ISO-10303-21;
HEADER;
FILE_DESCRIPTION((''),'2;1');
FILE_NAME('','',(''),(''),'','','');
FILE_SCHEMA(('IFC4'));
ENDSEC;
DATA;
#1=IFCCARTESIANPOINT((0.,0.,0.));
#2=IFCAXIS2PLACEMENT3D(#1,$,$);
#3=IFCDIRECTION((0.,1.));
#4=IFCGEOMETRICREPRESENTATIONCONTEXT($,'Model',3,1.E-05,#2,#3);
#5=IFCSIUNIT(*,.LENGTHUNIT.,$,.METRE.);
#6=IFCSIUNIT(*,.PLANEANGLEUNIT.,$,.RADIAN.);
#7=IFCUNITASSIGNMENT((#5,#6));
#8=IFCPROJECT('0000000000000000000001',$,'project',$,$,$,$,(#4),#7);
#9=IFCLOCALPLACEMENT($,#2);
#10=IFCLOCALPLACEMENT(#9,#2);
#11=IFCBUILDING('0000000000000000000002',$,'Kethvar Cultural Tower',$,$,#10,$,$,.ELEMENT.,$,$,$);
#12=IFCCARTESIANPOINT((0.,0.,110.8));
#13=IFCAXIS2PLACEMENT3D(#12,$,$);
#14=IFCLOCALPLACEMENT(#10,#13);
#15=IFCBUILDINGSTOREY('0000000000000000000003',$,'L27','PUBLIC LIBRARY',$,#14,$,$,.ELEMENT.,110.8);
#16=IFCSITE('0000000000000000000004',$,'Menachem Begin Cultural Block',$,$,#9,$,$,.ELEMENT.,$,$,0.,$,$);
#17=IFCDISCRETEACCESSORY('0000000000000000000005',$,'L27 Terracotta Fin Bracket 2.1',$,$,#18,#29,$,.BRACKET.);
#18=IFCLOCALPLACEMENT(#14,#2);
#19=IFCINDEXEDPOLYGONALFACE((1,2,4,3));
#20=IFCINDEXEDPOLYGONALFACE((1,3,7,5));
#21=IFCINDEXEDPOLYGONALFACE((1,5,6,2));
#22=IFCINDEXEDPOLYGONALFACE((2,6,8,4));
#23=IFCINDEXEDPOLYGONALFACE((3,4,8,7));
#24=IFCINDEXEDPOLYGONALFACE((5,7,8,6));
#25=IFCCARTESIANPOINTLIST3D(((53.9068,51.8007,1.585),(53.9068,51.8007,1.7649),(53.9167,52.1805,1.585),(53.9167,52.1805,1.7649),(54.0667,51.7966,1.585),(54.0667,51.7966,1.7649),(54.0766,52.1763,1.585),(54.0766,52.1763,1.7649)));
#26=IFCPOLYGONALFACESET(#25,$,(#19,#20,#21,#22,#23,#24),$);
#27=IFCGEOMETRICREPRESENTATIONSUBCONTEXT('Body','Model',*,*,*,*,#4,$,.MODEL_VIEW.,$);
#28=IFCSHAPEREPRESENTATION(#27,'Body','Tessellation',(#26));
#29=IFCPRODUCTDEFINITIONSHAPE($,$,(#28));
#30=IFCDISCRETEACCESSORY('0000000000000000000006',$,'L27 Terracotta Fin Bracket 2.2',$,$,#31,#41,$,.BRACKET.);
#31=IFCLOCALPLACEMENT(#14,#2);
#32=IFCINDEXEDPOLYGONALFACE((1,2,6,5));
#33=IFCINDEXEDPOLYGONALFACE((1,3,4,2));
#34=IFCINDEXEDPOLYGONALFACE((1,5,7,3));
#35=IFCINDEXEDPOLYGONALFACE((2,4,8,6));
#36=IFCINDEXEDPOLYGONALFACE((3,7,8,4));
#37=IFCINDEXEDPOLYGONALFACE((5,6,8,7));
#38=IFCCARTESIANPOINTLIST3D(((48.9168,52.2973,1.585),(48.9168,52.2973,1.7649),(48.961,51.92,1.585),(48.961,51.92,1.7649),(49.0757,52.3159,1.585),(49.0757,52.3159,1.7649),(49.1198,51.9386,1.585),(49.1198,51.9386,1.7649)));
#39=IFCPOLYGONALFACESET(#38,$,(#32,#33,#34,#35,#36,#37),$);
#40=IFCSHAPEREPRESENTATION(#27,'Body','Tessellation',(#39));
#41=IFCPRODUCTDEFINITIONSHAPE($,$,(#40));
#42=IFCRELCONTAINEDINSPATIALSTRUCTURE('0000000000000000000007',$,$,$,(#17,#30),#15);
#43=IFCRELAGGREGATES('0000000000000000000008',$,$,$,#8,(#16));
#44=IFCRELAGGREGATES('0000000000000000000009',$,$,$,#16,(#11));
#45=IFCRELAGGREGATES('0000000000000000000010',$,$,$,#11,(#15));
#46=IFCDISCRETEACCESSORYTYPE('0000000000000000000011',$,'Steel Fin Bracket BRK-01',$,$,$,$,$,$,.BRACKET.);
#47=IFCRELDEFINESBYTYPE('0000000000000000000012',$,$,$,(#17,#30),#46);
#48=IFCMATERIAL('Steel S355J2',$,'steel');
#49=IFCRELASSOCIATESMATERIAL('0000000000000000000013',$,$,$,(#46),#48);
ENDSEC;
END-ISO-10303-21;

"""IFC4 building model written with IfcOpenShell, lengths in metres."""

from ifc_helpers import new_model, si_unit, direction, frame, origin, origin_2d, place, context, subcontext, project, spatial, rectangle, extrude, source, transform, mapped, material, type_object, element, save


model = new_model("IFC4")

# Units and contexts
model_context = context("Model", 3, precision=1e-05, world=origin(), true_north=direction((0.0, 1.0)))
body_context = subcontext(model_context, "Body", "Model", "MODEL_VIEW")
ifc_project = project(units=[si_unit("LENGTHUNIT", "METRE"), si_unit("PLANEANGLEUNIT", "RADIAN")], contexts=[model_context])

# Site, building, storey
site_placement = place(None, origin())
site = spatial("IfcSite", under=ifc_project, at=site_placement, Name="Menachem Begin Cultural Block", CompositionType="ELEMENT", RefElevation=0.0)
building_placement = place(site_placement, origin())
building = spatial("IfcBuilding", under=site, at=building_placement, Name="Kethvar Cultural Tower", CompositionType="ELEMENT")
storey_placement = place(building_placement, frame((0.0, 0.0, 110.8)))
storey = spatial("IfcBuildingStorey", under=building, at=storey_placement, Name="L27", Description="PUBLIC LIBRARY", CompositionType="ELEMENT", Elevation=110.8)

# Shared definitions
ifc_material_1 = material(Name="Steel S355J2", Category="steel")

# Discrete accessories
discrete_accessory_type = type_object("IfcDiscreteAccessoryType", Name="Steel Fin Bracket BRK-01", PredefinedType="BRACKET", material=ifc_material_1)
shared_shape_1 = source(origin(), body_context, "Body", "SweptSolid", [
    extrude(rectangle(XDim=0.3799, YDim=0.1599, at=origin_2d()), origin(), (0.0, 0.0, 1.0), 0.1799),
])
for number, where, z_axis, x_axis, name in (
    (1, (53.9917, 51.9885, 1.585), (0.0, 0.0, 1.0), (0.026002, 0.999662, 0.0), "L27 Terracotta Fin Bracket 2.1"),
    (2, (49.0183, 52.1179, 1.585), (0.0, 0.0, 1.0), (-0.116151, 0.993232, 0.0), "L27 Terracotta Fin Bracket 2.2"),
):
    element("IfcDiscreteAccessory", number, at=place(storey_placement, frame(where, z_axis=z_axis, x_axis=x_axis)), inside=storey, type_object=discrete_accessory_type, Name=name, PredefinedType="BRACKET", context=body_context, shape_type="MappedRepresentation", body=[
        mapped(shared_shape_1, transform((0.0, 0.0, 0.0), scale=1.0)),
    ])

save(model, "model.ifc")
